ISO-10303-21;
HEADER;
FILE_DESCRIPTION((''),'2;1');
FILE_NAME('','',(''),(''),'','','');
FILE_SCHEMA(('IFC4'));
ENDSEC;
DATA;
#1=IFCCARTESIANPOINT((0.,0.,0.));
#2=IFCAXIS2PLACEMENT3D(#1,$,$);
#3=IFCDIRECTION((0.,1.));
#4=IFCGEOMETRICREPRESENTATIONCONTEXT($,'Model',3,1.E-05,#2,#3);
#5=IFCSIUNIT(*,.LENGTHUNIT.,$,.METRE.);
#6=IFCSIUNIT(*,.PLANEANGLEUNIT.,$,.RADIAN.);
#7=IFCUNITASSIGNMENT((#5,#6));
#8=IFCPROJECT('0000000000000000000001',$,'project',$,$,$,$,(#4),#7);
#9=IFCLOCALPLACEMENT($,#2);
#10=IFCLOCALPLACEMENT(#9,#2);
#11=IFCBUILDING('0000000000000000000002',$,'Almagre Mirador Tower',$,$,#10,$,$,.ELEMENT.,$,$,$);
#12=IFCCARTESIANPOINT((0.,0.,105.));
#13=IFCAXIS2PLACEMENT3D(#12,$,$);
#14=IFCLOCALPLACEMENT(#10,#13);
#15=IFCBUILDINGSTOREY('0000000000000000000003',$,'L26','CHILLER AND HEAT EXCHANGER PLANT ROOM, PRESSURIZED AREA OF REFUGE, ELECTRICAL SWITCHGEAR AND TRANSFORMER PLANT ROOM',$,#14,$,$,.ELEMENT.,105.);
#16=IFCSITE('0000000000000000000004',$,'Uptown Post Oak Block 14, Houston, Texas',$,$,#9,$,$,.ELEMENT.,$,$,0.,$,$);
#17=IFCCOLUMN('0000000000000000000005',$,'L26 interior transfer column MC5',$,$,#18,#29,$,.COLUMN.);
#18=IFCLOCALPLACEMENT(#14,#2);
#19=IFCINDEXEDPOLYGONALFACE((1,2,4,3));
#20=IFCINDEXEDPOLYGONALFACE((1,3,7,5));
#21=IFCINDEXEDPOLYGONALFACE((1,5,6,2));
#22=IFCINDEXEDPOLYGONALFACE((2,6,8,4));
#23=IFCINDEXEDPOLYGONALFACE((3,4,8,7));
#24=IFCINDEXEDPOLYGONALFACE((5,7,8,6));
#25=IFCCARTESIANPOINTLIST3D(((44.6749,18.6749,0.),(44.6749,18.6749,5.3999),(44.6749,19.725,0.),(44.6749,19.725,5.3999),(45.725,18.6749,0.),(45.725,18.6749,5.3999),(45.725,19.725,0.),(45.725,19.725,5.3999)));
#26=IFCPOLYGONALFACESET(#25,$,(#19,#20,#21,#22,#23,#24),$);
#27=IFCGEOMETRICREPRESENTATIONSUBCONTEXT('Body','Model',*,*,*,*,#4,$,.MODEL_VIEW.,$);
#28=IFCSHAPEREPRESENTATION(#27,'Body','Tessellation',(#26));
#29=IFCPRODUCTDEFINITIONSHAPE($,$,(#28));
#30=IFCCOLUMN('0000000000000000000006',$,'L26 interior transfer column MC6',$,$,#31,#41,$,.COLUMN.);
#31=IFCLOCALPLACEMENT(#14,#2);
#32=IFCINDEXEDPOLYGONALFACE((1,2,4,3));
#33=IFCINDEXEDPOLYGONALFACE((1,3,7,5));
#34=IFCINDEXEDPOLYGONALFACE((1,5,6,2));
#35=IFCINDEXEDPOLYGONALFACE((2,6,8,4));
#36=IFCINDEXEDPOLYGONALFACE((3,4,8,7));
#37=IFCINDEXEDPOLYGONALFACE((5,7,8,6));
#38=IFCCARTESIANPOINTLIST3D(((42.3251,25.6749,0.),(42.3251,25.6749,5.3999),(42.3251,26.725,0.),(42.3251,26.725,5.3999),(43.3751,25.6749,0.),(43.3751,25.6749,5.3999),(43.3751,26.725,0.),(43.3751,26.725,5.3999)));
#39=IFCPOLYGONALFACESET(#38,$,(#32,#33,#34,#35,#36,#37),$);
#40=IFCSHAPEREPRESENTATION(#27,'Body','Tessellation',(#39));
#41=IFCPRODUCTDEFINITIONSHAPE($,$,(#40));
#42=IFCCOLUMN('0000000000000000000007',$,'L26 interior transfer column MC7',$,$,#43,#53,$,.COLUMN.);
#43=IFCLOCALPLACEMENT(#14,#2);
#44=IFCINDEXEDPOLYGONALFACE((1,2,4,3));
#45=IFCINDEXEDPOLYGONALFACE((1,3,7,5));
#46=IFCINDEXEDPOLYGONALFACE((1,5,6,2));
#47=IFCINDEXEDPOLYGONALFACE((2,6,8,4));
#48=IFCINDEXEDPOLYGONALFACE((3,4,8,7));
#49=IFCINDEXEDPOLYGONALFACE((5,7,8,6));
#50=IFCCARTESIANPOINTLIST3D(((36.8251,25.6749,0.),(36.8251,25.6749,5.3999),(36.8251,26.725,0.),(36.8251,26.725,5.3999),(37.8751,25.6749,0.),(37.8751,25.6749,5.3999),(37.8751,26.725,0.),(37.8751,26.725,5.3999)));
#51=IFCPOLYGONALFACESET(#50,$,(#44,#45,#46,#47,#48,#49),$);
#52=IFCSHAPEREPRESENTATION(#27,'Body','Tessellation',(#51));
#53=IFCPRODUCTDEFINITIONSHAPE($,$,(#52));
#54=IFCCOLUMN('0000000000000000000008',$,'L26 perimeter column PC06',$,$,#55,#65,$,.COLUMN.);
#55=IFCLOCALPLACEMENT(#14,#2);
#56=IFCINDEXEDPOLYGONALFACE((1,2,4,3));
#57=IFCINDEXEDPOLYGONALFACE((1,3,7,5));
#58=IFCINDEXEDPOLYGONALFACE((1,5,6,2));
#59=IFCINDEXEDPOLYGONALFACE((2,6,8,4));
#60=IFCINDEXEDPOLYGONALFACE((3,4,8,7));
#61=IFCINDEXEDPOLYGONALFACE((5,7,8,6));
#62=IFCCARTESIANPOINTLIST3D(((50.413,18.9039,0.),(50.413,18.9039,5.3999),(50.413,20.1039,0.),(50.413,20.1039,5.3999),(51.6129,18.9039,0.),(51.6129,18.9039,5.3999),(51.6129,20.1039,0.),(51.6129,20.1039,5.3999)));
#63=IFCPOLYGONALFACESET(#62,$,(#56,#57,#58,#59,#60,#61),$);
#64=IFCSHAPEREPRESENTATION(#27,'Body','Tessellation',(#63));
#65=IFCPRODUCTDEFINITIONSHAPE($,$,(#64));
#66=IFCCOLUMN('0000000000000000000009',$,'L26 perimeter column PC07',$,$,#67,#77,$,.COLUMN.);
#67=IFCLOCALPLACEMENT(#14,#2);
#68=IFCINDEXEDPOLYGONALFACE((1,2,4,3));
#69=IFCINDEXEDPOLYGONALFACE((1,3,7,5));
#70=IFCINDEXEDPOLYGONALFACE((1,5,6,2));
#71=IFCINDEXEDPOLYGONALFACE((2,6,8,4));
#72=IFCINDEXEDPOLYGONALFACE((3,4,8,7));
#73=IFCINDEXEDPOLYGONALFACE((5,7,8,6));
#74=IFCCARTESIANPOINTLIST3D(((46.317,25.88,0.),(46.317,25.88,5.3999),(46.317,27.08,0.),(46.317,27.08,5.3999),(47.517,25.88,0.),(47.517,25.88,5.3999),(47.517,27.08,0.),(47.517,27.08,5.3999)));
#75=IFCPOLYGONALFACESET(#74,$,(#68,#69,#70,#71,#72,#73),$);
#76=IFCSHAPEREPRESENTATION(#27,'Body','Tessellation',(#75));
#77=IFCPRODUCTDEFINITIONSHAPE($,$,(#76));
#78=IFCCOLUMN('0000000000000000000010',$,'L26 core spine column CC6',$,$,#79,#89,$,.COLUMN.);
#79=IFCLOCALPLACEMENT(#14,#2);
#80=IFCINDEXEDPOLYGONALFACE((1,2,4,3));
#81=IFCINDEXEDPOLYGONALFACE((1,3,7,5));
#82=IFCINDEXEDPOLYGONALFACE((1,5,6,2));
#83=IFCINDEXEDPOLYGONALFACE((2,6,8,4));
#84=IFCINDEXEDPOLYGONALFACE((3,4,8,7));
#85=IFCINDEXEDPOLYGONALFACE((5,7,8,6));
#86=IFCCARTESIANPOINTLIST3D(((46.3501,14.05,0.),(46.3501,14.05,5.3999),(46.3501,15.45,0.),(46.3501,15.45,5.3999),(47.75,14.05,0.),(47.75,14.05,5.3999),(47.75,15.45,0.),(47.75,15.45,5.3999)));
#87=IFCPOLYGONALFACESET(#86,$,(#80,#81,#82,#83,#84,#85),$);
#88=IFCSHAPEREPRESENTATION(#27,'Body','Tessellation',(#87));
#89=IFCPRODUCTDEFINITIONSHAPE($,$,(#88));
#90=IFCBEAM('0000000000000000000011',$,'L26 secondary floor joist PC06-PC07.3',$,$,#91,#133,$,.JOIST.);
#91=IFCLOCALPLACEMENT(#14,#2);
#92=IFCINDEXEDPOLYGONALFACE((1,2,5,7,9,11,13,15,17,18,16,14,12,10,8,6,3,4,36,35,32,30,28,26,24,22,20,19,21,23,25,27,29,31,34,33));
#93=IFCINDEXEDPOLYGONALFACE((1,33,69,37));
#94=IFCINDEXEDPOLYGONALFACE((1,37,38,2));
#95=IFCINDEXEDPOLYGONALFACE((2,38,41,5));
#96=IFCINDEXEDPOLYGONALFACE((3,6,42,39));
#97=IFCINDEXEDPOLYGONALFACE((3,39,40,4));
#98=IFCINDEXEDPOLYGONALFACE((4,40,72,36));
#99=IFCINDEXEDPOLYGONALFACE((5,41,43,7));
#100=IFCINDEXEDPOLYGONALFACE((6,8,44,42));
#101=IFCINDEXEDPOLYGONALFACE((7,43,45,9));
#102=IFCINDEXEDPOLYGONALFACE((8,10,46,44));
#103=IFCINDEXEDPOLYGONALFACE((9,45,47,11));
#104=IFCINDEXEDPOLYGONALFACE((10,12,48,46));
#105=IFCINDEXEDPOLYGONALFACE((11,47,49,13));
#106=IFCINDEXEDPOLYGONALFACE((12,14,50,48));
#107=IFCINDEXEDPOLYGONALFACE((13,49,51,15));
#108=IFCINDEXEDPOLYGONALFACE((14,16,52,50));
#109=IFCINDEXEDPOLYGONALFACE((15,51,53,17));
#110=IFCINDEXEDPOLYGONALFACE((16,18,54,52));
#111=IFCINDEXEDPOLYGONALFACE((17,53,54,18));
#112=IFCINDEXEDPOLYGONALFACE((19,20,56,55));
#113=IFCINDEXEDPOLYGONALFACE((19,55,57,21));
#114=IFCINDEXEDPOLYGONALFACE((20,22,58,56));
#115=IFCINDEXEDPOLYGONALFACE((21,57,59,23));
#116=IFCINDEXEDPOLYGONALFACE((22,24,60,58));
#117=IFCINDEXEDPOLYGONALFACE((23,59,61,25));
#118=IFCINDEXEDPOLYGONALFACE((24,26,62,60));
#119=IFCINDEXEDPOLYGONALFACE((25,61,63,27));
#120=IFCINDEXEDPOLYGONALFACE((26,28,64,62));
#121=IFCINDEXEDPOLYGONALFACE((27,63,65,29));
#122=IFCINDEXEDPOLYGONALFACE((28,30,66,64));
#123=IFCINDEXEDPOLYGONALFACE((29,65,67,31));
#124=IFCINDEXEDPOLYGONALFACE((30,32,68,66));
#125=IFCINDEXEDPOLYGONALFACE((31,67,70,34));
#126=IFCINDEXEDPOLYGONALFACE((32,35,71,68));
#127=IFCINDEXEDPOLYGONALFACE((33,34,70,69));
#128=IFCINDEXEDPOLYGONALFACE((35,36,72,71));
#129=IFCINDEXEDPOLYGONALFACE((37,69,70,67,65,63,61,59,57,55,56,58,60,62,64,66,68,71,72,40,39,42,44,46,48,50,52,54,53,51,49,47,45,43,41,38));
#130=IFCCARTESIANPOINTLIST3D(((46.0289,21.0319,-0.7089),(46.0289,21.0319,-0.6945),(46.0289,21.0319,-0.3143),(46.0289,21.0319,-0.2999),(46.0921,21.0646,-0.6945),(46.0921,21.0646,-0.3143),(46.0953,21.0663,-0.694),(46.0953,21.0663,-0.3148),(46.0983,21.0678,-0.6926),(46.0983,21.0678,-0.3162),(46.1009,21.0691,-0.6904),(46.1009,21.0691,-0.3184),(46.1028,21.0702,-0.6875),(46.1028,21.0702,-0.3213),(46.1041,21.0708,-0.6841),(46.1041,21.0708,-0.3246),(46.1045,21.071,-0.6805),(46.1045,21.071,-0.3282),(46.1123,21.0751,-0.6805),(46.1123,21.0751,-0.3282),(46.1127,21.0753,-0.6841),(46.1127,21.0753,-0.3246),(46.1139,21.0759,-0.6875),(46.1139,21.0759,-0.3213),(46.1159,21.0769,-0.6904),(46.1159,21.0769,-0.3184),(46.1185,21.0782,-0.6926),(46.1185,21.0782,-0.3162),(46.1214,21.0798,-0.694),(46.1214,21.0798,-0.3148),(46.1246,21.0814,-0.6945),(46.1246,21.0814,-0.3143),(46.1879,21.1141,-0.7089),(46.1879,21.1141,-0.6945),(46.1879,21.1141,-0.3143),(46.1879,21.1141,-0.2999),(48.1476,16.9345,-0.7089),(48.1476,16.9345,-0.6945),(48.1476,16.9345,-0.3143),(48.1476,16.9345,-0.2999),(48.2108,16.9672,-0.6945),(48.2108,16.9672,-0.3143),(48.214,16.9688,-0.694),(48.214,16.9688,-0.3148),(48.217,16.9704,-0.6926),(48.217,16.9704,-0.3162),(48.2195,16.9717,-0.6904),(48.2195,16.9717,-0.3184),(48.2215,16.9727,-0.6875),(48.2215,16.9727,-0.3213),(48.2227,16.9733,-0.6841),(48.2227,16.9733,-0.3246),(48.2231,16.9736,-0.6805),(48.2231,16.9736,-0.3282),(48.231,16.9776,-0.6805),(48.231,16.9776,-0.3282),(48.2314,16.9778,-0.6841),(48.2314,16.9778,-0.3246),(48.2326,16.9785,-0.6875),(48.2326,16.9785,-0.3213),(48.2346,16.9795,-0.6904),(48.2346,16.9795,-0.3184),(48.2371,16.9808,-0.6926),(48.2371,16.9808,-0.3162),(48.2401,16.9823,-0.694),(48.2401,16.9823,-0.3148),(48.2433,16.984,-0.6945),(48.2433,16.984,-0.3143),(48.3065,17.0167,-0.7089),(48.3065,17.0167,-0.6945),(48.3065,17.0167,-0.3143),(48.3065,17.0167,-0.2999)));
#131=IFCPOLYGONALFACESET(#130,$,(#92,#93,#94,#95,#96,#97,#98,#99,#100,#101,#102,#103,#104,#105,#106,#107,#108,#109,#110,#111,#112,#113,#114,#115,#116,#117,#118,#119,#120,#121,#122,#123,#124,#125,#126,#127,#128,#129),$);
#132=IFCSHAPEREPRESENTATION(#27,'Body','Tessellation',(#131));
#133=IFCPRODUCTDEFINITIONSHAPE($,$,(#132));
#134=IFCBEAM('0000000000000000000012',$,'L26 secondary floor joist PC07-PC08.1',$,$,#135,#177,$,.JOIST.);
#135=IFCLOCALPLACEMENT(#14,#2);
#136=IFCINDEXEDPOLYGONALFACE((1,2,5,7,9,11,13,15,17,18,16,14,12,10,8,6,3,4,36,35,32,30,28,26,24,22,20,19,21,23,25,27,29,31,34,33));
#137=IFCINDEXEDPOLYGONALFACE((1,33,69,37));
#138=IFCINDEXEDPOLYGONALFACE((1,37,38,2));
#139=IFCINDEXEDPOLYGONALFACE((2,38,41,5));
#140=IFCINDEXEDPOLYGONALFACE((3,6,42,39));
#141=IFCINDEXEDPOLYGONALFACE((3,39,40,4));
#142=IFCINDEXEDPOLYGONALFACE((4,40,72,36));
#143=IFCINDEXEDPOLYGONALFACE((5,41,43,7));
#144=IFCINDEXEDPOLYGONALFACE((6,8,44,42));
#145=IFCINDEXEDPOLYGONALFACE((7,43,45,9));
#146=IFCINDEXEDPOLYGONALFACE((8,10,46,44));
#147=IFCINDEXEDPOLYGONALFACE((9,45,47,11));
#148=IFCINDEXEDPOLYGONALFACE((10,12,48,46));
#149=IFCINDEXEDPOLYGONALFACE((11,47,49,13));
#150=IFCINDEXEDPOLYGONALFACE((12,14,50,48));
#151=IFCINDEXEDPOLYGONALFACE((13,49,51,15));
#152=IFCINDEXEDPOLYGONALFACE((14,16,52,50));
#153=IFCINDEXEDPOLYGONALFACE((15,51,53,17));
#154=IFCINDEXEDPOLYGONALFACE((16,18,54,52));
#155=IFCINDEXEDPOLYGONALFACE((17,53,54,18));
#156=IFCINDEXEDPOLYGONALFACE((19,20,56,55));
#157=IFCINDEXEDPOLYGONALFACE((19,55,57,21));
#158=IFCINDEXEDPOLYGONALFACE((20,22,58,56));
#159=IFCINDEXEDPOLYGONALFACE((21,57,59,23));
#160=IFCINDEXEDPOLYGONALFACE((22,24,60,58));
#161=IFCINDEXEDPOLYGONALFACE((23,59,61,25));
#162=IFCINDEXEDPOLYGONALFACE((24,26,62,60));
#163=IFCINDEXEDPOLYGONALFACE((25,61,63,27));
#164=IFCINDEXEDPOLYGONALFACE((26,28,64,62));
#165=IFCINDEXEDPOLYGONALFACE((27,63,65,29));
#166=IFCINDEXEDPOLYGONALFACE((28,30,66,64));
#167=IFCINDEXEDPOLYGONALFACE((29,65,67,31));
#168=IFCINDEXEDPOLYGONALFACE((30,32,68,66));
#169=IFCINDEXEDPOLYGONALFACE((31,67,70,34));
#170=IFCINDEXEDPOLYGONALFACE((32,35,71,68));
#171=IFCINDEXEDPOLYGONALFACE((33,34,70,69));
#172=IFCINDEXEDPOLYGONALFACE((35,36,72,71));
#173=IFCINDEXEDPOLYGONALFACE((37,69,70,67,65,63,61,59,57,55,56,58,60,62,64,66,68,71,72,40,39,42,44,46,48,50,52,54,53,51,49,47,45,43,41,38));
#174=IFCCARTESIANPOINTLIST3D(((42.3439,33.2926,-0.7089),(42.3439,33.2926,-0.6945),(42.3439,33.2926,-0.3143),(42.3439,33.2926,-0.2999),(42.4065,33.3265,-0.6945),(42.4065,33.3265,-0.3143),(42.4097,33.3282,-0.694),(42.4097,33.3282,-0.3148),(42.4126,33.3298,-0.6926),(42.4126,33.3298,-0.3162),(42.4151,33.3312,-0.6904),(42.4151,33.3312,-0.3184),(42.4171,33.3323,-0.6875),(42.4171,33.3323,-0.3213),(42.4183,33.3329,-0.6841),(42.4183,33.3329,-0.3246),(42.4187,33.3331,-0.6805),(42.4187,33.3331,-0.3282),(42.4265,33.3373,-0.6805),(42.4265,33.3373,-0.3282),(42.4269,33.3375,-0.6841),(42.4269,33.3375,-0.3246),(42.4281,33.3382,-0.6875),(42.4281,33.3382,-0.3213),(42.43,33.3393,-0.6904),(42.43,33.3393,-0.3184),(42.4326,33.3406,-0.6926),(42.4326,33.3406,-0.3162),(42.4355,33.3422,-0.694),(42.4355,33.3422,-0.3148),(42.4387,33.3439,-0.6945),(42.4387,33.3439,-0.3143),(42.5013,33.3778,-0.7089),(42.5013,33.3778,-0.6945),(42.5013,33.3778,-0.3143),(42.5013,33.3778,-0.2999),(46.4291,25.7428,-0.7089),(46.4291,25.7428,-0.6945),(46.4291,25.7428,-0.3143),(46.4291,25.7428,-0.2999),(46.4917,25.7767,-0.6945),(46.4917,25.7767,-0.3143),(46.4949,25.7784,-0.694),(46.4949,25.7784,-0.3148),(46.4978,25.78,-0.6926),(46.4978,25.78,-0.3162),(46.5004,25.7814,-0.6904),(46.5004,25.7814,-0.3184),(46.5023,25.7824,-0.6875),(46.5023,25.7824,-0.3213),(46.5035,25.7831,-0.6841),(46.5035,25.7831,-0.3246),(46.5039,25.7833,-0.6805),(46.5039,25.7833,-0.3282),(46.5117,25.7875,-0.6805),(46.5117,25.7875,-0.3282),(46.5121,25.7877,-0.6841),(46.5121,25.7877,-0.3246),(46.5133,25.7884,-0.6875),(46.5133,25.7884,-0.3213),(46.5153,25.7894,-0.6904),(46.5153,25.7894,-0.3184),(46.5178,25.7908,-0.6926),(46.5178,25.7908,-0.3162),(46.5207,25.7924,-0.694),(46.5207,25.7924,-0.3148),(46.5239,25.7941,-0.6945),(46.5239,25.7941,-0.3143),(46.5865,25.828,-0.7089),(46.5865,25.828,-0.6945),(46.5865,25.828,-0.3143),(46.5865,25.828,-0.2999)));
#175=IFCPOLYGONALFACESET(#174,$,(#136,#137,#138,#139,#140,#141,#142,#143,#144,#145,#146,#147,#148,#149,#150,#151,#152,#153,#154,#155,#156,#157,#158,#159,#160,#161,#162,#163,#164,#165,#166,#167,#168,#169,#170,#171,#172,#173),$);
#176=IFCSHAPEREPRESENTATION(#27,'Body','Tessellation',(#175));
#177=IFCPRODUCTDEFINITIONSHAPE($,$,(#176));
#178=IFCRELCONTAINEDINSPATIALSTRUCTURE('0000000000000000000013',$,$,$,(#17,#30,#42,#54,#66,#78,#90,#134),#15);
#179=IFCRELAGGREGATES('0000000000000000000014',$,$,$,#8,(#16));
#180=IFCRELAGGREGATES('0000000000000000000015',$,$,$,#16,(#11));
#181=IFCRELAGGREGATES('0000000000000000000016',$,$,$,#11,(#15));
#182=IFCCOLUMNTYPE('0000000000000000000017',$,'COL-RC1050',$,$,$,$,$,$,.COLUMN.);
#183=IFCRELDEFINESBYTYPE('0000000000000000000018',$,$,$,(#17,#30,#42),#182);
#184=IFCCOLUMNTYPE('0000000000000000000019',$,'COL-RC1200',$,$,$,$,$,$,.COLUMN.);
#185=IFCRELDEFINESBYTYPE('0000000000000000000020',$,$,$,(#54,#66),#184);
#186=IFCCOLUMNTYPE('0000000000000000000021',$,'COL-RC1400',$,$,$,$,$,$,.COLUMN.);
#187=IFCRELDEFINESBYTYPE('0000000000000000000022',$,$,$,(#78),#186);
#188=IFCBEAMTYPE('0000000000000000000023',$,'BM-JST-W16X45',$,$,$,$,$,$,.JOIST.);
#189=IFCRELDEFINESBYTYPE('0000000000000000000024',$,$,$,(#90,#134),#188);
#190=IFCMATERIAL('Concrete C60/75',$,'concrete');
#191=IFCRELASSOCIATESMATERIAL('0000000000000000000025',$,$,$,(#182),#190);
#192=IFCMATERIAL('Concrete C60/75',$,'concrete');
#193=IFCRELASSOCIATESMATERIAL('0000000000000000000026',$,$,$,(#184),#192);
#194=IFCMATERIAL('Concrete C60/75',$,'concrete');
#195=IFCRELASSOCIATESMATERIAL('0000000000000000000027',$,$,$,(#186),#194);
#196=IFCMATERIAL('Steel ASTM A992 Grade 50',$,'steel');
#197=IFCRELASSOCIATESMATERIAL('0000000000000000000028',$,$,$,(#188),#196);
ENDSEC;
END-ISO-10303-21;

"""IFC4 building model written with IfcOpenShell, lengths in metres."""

from ifc_helpers import new_model, si_unit, direction, frame, origin, origin_2d, place, context, subcontext, project, spatial, rectangle, i_section, extrude, material, material_profile, profile_set, type_object, element, save


model = new_model("IFC4")

# Units and contexts
model_context = context("Model", 3, precision=1e-05, world=origin(), true_north=direction((0.0, 1.0)))
body_context = subcontext(model_context, "Body", "Model", "MODEL_VIEW")
ifc_project = project(units=[si_unit("LENGTHUNIT", "METRE"), si_unit("PLANEANGLEUNIT", "RADIAN")], contexts=[model_context])

# Site, building, storey
site_placement = place(None, origin())
site = spatial("IfcSite", under=ifc_project, at=site_placement, Name="Uptown Post Oak Block 14, Houston, Texas", CompositionType="ELEMENT", RefElevation=0.0)
building_placement = place(site_placement, origin())
building = spatial("IfcBuilding", under=site, at=building_placement, Name="Almagre Mirador Tower", CompositionType="ELEMENT")
storey_placement = place(building_placement, frame((0.0, 0.0, 105.0)))
storey = spatial("IfcBuildingStorey", under=building, at=storey_placement, Name="L26", Description="CHILLER AND HEAT EXCHANGER PLANT ROOM, PRESSURIZED AREA OF REFUGE, ELECTRICAL SWITCHGEAR AND TRANSFORMER PLANT ROOM", CompositionType="ELEMENT", Elevation=105.0)

# Columns
ifc_material_1 = material(Name="Concrete C60/75", Category="concrete")
ifc_material_profile_1 = material_profile(ifc_material_1, rectangle(XDim=1.05, YDim=1.05, at=origin_2d()), Name="RC1050X1050")
ifc_profile_set_1 = profile_set([ifc_material_profile_1], Name="Concrete C60/75")
column_type_1 = type_object("IfcColumnType", Name="COL-RC1050", PredefinedType="COLUMN", material=ifc_profile_set_1)
for number, where, z_axis, x_axis, name in (
    (1, (45.2, 19.2, 0.0), (0.0, 0.0, 1.0), (1.0, 0.0, 0.0), "L26 interior transfer column MC5"),
    (2, (42.8501, 26.2, 0.0), (0.0, 0.0, 1.0), (1.0, 0.0, 0.0), "L26 interior transfer column MC6"),
    (3, (37.3501, 26.2, 0.0), (0.0, 0.0, 1.0), (1.0, 0.0, 0.0), "L26 interior transfer column MC7"),
):
    element("IfcColumn", number, at=place(storey_placement, frame(where, z_axis=z_axis, x_axis=x_axis)), inside=storey, type_object=column_type_1, Name=name, PredefinedType="COLUMN", context=body_context, shape_type="SweptSolid", body=[
        extrude(rectangle(XDim=1.05, YDim=1.05, at=origin_2d()), origin(), (0.0, 0.0, 1.0), 5.3999),
    ])
ifc_material_2 = material(Name="Concrete C60/75", Category="concrete")
ifc_material_profile_2 = material_profile(ifc_material_2, rectangle(XDim=1.2, YDim=1.2, at=origin_2d()), Name="RC1200X1200")
ifc_profile_set_2 = profile_set([ifc_material_profile_2], Name="Concrete C60/75")
column_type_2 = type_object("IfcColumnType", Name="COL-RC1200", PredefinedType="COLUMN", material=ifc_profile_set_2)
for number, where, z_axis, x_axis, name in (
    (4, (51.0129, 19.5039, 0.0), (0.0, 0.0, 1.0), (1.0, 0.0, 0.0), "L26 perimeter column PC06"),
    (5, (46.917, 26.48, 0.0), (0.0, 0.0, 1.0), (1.0, 0.0, 0.0), "L26 perimeter column PC07"),
):
    element("IfcColumn", number, at=place(storey_placement, frame(where, z_axis=z_axis, x_axis=x_axis)), inside=storey, type_object=column_type_2, Name=name, PredefinedType="COLUMN", context=body_context, shape_type="SweptSolid", body=[
        extrude(rectangle(XDim=1.2, YDim=1.2, at=origin_2d()), origin(), (0.0, 0.0, 1.0), 5.3999),
    ])
ifc_material_3 = material(Name="Concrete C60/75", Category="concrete")
ifc_material_profile_3 = material_profile(ifc_material_3, rectangle(XDim=1.3999, YDim=1.3999, at=origin_2d()), Name="RC1400X1400")
ifc_profile_set_3 = profile_set([ifc_material_profile_3], Name="Concrete C60/75")
column_type_3 = type_object("IfcColumnType", Name="COL-RC1400", PredefinedType="COLUMN", material=ifc_profile_set_3)
column_placement = place(storey_placement, frame((47.05, 14.75, 0.0), z_axis=(0.0, 0.0, 1.0), x_axis=(1.0, 0.0, 0.0)))
element("IfcColumn", 6, at=column_placement, inside=storey, type_object=column_type_3, Name="L26 core spine column CC6", PredefinedType="COLUMN", context=body_context, shape_type="SweptSolid", body=[
    extrude(rectangle(XDim=1.3999, YDim=1.3999, at=origin_2d()), origin(), (0.0, 0.0, 1.0), 5.3999),
])

# Beams
ifc_material_4 = material(Name="Steel ASTM A992 Grade 50", Category="steel")
ifc_material_profile_4 = material_profile(ifc_material_4, i_section(OverallWidth=0.179, OverallDepth=0.4089, WebThickness=0.0088, FlangeThickness=0.0144, FilletRadius=0.0139, at=origin_2d()), Name="W16X45")
ifc_profile_set_4 = profile_set([ifc_material_profile_4], Name="Steel ASTM A992 Grade 50")
beam_type_1 = type_object("IfcBeamType", Name="BM-JST-W16X45", PredefinedType="JOIST", material=ifc_profile_set_4)
beam_1_placement = place(storey_placement, frame((48.2271, 16.9756, -0.5044), z_axis=(-0.459303, 0.888279, 0.0), x_axis=(-0.888279, -0.459303, 0.0)))
element("IfcBeam", 7, at=beam_1_placement, inside=storey, type_object=beam_type_1, Name="L26 secondary floor joist PC06-PC07.3", PredefinedType="JOIST", context=body_context, shape_type="SweptSolid", body=[
    extrude(i_section(OverallWidth=0.179, OverallDepth=0.4089, WebThickness=0.0088, FlangeThickness=0.0144, FilletRadius=0.0139, at=origin_2d()), origin(), (0.0, 0.0, 1.0), 4.6128),
])
beam_2_placement = place(storey_placement, frame((46.5078, 25.7854, -0.5044), z_axis=(-0.475898, 0.8795, 0.0), x_axis=(-0.8795, -0.475898, 0.0)))
element("IfcBeam", 8, at=beam_2_placement, inside=storey, type_object=beam_type_1, Name="L26 secondary floor joist PC07-PC08.1", PredefinedType="JOIST", context=body_context, shape_type="SweptSolid", body=[
    extrude(i_section(OverallWidth=0.179, OverallDepth=0.4089, WebThickness=0.0088, FlangeThickness=0.0144, FilletRadius=0.0139, at=origin_2d()), origin(), (0.0, 0.0, 1.0), 8.5842),
])

save(model, "model.ifc")
